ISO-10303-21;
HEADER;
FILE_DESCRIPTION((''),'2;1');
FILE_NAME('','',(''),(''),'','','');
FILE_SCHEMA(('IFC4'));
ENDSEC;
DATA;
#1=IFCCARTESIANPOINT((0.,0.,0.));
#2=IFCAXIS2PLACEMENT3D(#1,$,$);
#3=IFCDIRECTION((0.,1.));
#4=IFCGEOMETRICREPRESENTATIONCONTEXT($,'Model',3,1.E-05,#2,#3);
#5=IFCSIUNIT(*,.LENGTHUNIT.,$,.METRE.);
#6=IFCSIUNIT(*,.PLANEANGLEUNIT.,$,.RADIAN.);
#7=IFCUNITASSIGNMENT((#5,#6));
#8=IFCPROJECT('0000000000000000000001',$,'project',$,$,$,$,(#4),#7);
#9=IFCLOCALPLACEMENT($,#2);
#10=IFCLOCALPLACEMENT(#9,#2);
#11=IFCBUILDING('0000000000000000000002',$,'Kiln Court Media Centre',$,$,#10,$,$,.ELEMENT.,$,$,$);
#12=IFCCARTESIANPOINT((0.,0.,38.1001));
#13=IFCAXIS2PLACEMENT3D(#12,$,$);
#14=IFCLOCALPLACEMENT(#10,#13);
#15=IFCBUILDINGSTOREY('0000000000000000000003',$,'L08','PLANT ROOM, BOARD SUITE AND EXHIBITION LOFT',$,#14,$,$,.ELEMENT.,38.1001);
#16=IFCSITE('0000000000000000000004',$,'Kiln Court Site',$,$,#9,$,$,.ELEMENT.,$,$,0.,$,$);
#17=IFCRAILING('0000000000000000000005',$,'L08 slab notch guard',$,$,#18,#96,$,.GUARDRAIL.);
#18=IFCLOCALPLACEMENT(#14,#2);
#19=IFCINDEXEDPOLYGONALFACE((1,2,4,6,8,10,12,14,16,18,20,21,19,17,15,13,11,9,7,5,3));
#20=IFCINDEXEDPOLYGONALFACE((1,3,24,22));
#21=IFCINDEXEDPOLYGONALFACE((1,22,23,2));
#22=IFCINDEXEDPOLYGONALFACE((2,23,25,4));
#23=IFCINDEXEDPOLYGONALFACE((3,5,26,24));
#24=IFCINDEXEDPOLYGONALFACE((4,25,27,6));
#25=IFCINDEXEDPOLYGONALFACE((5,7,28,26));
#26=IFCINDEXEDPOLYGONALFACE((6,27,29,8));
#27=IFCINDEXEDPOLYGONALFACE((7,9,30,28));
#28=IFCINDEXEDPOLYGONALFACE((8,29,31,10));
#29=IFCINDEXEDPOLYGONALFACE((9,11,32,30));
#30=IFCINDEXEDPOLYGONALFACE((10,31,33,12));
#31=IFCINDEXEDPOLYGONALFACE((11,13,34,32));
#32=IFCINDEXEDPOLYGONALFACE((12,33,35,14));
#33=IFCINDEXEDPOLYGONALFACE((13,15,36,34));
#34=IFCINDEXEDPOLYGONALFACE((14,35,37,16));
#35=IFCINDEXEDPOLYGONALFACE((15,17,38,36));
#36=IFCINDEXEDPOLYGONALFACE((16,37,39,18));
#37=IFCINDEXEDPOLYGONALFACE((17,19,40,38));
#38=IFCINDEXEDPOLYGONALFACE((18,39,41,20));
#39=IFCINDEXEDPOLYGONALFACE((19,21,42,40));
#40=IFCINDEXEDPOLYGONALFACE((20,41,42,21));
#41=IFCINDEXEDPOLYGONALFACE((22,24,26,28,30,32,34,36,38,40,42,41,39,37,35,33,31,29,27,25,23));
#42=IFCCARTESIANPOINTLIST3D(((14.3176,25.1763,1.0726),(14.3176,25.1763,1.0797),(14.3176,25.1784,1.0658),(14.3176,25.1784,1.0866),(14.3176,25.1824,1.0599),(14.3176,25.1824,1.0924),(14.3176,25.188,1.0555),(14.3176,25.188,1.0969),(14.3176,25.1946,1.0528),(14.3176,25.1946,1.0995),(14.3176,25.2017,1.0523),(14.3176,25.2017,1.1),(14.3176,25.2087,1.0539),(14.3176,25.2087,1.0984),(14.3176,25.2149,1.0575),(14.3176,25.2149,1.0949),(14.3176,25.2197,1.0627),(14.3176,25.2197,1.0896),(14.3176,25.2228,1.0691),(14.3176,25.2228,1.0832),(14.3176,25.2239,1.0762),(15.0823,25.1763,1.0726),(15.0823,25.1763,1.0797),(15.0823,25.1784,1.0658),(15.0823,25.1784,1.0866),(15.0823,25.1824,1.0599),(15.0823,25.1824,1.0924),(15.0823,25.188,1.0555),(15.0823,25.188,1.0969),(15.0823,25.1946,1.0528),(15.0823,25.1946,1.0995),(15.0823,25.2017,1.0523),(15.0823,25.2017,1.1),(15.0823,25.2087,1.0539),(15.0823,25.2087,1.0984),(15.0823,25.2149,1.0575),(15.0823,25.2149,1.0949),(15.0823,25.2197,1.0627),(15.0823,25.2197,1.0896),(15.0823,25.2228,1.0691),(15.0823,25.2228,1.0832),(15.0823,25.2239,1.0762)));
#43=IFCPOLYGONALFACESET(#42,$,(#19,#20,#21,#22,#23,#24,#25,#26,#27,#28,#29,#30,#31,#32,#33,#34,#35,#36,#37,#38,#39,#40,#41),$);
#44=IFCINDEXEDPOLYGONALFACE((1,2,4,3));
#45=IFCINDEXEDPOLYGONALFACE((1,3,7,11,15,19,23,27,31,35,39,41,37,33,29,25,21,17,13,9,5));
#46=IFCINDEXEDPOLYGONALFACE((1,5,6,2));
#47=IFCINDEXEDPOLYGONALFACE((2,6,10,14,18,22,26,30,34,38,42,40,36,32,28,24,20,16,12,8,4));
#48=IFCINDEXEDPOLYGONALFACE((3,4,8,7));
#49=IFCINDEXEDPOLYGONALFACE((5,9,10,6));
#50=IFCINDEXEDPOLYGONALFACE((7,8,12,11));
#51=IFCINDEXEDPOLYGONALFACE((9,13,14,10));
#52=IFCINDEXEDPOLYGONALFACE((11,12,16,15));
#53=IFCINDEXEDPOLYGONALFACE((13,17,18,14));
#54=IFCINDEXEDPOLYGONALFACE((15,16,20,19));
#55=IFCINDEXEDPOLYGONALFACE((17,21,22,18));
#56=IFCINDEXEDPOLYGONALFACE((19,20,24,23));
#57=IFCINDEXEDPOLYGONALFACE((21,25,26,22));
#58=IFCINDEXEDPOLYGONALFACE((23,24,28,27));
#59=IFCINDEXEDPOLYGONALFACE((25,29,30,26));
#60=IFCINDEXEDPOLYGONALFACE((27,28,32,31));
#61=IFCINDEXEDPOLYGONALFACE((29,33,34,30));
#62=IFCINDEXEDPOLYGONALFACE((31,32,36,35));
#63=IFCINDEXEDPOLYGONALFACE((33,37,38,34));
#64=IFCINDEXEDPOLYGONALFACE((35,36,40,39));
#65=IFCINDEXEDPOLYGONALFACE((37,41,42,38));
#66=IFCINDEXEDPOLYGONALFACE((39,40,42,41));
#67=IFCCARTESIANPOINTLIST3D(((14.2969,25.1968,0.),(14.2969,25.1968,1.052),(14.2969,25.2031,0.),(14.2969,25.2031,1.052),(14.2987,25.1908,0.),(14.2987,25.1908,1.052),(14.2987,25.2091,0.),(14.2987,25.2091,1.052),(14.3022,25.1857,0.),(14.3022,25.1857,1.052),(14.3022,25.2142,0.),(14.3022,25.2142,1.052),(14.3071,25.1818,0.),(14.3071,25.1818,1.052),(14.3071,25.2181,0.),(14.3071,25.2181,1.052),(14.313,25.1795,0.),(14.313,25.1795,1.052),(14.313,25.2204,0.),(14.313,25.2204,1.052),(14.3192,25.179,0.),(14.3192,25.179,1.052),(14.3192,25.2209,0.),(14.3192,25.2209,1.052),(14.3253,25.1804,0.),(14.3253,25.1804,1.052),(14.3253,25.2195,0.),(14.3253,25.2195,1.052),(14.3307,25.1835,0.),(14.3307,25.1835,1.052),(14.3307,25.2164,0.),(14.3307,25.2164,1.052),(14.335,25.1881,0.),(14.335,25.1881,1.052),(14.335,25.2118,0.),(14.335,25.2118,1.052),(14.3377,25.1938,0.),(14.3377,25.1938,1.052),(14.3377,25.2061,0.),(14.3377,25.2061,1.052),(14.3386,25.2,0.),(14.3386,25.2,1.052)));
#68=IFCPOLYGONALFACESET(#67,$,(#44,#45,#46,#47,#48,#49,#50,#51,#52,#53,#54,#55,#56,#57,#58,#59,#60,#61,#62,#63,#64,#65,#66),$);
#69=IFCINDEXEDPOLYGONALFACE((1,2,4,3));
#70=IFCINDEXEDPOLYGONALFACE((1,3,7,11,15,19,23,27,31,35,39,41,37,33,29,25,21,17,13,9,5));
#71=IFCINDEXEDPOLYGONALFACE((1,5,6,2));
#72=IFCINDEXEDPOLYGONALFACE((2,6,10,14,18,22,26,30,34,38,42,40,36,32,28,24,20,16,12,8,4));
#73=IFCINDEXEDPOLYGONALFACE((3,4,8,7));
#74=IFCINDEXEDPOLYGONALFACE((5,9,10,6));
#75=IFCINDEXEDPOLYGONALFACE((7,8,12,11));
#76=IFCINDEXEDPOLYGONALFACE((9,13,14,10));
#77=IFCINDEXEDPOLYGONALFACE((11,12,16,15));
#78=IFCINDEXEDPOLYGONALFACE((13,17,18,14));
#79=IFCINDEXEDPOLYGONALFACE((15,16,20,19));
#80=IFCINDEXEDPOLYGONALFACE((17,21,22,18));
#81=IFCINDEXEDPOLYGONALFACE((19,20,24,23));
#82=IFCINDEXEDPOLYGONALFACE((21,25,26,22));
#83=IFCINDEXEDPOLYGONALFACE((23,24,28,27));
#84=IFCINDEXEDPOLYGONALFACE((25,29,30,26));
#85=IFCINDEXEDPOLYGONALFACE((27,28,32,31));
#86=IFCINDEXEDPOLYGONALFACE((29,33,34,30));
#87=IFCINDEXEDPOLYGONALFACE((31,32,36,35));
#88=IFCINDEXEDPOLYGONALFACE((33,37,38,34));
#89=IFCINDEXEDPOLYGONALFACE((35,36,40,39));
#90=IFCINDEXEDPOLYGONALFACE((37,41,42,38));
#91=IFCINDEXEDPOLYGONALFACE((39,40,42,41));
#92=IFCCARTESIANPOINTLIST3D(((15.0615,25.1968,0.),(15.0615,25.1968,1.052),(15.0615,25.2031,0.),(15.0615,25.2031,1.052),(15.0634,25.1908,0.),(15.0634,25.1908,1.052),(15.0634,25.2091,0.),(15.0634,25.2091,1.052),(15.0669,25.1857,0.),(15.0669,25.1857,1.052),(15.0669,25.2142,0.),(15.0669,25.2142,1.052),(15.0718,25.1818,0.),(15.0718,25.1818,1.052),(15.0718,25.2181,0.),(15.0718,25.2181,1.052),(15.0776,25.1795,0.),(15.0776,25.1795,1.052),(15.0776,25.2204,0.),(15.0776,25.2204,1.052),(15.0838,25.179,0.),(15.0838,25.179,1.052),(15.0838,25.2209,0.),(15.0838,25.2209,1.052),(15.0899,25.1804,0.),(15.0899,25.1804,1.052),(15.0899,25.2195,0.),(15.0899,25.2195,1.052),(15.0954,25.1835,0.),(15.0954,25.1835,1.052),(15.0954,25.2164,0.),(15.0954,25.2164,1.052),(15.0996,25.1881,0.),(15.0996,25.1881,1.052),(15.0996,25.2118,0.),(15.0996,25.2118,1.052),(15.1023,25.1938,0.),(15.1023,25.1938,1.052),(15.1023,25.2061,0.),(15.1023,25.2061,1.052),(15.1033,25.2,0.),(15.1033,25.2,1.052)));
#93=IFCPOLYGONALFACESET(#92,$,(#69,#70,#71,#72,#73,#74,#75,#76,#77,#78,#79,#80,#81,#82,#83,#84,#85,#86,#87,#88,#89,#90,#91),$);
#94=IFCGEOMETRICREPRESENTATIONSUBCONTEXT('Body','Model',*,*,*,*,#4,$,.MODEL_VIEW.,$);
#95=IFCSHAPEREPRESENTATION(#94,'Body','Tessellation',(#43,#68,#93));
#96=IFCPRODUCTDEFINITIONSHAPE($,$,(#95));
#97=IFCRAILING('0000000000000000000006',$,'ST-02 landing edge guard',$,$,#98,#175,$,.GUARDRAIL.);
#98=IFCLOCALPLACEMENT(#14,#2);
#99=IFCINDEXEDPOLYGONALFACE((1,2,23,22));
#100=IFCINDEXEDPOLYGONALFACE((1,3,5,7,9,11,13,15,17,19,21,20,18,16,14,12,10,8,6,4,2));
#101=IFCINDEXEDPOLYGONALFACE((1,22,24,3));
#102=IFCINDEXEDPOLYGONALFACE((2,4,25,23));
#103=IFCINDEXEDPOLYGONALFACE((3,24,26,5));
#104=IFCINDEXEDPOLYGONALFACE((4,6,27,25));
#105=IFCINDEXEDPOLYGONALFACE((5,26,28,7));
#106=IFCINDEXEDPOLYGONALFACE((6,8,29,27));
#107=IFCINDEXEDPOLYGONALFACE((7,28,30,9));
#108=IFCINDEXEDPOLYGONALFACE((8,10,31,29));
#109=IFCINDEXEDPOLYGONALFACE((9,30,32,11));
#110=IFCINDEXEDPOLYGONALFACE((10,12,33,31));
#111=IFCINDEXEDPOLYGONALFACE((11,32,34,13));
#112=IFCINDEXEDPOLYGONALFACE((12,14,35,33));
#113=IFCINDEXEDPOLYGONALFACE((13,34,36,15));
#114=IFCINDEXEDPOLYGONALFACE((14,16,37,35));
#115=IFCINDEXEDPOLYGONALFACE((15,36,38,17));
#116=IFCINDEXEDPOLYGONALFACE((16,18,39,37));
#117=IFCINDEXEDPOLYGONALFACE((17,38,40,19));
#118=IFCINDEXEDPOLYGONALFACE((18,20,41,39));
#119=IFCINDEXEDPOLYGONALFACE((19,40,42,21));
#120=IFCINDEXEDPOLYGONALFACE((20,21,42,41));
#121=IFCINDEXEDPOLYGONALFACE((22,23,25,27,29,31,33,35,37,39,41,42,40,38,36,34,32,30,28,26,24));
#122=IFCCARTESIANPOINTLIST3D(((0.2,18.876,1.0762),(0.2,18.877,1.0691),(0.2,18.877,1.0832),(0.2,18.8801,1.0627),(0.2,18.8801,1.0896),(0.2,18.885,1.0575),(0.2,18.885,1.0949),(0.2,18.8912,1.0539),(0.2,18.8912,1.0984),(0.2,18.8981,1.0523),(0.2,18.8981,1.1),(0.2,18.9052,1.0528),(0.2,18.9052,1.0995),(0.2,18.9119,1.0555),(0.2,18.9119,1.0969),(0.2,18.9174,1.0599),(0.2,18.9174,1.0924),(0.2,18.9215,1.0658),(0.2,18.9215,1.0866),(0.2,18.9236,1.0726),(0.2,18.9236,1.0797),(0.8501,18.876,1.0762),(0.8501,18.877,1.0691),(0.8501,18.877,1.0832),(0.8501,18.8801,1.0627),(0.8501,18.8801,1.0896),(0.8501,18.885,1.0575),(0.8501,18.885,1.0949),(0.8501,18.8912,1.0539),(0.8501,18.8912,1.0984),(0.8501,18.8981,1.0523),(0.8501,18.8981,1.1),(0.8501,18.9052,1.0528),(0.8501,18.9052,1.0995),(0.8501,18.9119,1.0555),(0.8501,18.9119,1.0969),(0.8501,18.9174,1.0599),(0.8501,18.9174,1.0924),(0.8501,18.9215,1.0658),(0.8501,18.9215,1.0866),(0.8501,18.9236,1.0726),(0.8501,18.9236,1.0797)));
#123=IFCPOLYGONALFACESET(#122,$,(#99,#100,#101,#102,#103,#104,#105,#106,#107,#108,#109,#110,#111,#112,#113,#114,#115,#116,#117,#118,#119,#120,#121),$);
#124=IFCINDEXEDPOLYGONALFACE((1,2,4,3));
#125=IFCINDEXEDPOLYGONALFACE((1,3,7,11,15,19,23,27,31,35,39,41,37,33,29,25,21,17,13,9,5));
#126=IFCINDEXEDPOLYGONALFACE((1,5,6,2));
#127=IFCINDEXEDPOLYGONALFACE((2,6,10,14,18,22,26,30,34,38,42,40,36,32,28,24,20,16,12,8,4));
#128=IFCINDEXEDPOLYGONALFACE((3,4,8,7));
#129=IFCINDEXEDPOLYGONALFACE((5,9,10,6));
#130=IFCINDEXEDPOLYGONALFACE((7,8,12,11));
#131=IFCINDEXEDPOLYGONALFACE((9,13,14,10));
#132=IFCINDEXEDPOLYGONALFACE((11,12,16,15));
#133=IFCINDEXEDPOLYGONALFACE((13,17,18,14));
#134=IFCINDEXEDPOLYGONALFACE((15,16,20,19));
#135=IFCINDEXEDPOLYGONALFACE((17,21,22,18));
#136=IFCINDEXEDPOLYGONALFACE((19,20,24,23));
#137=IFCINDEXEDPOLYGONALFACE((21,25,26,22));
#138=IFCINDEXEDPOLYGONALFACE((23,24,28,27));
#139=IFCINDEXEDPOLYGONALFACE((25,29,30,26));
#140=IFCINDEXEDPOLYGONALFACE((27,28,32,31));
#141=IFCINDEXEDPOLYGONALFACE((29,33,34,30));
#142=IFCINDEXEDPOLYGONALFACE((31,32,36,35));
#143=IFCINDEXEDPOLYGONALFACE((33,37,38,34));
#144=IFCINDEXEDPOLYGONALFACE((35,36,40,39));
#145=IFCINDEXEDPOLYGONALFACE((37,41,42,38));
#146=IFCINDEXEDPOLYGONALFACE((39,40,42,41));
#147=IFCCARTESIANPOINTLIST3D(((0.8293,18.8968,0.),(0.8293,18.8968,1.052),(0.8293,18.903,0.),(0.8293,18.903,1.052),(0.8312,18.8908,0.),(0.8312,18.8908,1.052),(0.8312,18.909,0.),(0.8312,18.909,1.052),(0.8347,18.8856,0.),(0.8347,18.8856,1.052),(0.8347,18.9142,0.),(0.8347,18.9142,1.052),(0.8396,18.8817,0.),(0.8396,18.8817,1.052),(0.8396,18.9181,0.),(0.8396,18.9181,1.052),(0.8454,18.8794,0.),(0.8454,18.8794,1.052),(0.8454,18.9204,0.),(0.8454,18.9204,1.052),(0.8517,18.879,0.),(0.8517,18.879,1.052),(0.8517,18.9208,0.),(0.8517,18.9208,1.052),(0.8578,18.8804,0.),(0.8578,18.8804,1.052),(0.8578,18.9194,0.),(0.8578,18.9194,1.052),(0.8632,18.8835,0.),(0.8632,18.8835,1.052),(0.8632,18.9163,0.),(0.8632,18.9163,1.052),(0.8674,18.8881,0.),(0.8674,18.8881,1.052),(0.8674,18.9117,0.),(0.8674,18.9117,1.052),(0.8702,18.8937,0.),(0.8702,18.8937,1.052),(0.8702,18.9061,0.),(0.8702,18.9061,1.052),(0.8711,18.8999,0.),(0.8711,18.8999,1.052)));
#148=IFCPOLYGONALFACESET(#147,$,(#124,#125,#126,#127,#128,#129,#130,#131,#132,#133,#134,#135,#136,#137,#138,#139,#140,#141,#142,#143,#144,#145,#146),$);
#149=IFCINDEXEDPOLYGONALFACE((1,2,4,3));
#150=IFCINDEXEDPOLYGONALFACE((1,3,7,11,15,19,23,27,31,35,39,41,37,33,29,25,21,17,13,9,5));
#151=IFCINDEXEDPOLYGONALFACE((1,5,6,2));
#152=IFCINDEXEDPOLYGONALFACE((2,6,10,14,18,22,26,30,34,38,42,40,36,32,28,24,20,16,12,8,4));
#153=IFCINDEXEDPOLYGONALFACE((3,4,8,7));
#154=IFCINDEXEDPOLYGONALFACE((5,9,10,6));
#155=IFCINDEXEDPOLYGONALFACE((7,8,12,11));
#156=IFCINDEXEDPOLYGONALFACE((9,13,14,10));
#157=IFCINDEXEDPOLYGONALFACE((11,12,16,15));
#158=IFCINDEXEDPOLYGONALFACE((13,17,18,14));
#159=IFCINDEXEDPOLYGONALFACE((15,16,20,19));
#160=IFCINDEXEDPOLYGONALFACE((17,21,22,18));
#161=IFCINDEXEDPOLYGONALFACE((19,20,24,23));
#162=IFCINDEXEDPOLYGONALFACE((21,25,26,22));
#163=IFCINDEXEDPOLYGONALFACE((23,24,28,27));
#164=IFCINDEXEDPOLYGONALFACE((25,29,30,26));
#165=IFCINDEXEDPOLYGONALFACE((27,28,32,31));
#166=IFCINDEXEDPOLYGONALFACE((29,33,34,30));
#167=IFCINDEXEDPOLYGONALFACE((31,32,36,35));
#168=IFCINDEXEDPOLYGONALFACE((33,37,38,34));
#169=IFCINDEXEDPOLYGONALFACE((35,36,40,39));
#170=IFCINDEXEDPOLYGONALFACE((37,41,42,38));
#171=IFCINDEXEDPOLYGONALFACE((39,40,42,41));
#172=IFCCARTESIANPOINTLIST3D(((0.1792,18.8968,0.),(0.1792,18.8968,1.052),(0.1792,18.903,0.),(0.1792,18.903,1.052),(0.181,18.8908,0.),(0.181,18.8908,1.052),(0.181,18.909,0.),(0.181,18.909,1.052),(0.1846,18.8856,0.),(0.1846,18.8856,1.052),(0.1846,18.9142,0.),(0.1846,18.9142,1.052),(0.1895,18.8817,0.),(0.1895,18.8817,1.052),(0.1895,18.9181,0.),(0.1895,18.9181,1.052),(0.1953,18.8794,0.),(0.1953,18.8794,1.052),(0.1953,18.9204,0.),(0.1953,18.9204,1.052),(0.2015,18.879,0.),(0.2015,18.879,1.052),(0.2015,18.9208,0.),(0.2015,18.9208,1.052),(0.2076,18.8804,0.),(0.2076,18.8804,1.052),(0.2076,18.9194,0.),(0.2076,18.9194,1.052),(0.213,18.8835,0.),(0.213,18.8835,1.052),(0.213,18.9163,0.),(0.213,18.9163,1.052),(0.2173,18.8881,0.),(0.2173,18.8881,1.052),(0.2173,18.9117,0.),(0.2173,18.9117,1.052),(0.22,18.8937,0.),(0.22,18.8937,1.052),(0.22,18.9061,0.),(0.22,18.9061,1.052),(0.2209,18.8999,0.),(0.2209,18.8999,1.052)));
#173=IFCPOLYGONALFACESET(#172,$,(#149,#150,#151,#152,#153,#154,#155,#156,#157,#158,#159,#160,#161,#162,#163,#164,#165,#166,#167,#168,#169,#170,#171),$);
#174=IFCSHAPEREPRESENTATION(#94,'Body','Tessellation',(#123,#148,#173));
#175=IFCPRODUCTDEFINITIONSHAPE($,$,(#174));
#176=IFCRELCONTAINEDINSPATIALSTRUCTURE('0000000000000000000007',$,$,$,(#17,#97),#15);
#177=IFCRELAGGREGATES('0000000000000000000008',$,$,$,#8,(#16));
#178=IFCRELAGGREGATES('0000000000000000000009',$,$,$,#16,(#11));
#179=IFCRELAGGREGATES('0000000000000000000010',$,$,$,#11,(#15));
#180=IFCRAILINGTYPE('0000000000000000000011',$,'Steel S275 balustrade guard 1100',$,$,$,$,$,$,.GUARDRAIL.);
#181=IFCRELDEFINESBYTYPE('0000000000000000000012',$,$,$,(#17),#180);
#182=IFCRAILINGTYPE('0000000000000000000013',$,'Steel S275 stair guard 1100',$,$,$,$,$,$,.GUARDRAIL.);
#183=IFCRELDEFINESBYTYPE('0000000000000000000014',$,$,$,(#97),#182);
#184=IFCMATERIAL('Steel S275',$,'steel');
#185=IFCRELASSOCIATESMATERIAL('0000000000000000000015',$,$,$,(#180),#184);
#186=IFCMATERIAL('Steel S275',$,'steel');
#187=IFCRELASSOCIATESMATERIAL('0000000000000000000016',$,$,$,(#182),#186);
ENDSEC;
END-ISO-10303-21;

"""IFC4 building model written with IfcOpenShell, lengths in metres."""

from ifc_helpers import new_model, si_unit, direction, frame, origin, origin_2d, place, context, subcontext, project, spatial, circle, extrude, material, type_object, element, save


model = new_model("IFC4")

# Units and contexts
model_context = context("Model", 3, precision=1e-05, world=origin(), true_north=direction((0.0, 1.0)))
body_context = subcontext(model_context, "Body", "Model", "MODEL_VIEW")
ifc_project = project(units=[si_unit("LENGTHUNIT", "METRE"), si_unit("PLANEANGLEUNIT", "RADIAN")], contexts=[model_context])

# Site, building, storey
site_placement = place(None, origin())
site = spatial("IfcSite", under=ifc_project, at=site_placement, Name="Kiln Court Site", CompositionType="ELEMENT", RefElevation=0.0)
building_placement = place(site_placement, origin())
building = spatial("IfcBuilding", under=site, at=building_placement, Name="Kiln Court Media Centre", CompositionType="ELEMENT")
storey_placement = place(building_placement, frame((0.0, 0.0, 38.1001)))
storey = spatial("IfcBuildingStorey", under=building, at=storey_placement, Name="L08", Description="PLANT ROOM, BOARD SUITE AND EXHIBITION LOFT", CompositionType="ELEMENT", Elevation=38.1001)

# Railings
ifc_material_1 = material(Name="Steel S275", Category="steel")
railing_type_1 = type_object("IfcRailingType", Name="Steel S275 balustrade guard 1100", PredefinedType="GUARDRAIL", material=ifc_material_1)
for number, where, name in (
    (1, (14.3176, 25.2, 0.0), "L08 slab notch guard"),
):
    element("IfcRailing", number, at=place(storey_placement, frame(where)), inside=storey, type_object=railing_type_1, Name=name, PredefinedType="GUARDRAIL", context=body_context, shape_type="SweptSolid", body=[
        extrude(circle(Radius=0.0239, at=origin_2d()), frame((0.0, 0.0, 1.0762), z_axis=(1.0, 0.0, 0.0), x_axis=(0.0, 1.0, 0.0)), (0.0, 0.0, 1.0), 0.7646),
        extrude(circle(Radius=0.021, at=origin_2d()), origin(), (0.0, 0.0, 1.0), 1.052),
        extrude(circle(Radius=0.021, at=origin_2d()), frame((0.7646, 0.0, 0.0)), (0.0, 0.0, 1.0), 1.052),
    ])
ifc_material_2 = material(Name="Steel S275", Category="steel")
railing_type_2 = type_object("IfcRailingType", Name="Steel S275 stair guard 1100", PredefinedType="GUARDRAIL", material=ifc_material_2)
railing_1_placement = place(storey_placement, frame((0.8501, 18.8999, 0.0)))
element("IfcRailing", 2, at=railing_1_placement, inside=storey, type_object=railing_type_2, Name="ST-02 landing edge guard", PredefinedType="GUARDRAIL", context=body_context, shape_type="SweptSolid", body=[
    extrude(circle(Radius=0.0239, at=origin_2d()), frame((0.0, 0.0, 1.0762), z_axis=(-1.0, 0.0, 0.0), x_axis=(0.0, -1.0, 0.0)), (0.0, 0.0, 1.0), 0.6501),
    extrude(circle(Radius=0.021, at=origin_2d()), origin(), (0.0, 0.0, 1.0), 1.052),
    extrude(circle(Radius=0.021, at=origin_2d()), frame((-0.6501, 0.0, 0.0)), (0.0, 0.0, 1.0), 1.052),
])

save(model, "model.ifc")
